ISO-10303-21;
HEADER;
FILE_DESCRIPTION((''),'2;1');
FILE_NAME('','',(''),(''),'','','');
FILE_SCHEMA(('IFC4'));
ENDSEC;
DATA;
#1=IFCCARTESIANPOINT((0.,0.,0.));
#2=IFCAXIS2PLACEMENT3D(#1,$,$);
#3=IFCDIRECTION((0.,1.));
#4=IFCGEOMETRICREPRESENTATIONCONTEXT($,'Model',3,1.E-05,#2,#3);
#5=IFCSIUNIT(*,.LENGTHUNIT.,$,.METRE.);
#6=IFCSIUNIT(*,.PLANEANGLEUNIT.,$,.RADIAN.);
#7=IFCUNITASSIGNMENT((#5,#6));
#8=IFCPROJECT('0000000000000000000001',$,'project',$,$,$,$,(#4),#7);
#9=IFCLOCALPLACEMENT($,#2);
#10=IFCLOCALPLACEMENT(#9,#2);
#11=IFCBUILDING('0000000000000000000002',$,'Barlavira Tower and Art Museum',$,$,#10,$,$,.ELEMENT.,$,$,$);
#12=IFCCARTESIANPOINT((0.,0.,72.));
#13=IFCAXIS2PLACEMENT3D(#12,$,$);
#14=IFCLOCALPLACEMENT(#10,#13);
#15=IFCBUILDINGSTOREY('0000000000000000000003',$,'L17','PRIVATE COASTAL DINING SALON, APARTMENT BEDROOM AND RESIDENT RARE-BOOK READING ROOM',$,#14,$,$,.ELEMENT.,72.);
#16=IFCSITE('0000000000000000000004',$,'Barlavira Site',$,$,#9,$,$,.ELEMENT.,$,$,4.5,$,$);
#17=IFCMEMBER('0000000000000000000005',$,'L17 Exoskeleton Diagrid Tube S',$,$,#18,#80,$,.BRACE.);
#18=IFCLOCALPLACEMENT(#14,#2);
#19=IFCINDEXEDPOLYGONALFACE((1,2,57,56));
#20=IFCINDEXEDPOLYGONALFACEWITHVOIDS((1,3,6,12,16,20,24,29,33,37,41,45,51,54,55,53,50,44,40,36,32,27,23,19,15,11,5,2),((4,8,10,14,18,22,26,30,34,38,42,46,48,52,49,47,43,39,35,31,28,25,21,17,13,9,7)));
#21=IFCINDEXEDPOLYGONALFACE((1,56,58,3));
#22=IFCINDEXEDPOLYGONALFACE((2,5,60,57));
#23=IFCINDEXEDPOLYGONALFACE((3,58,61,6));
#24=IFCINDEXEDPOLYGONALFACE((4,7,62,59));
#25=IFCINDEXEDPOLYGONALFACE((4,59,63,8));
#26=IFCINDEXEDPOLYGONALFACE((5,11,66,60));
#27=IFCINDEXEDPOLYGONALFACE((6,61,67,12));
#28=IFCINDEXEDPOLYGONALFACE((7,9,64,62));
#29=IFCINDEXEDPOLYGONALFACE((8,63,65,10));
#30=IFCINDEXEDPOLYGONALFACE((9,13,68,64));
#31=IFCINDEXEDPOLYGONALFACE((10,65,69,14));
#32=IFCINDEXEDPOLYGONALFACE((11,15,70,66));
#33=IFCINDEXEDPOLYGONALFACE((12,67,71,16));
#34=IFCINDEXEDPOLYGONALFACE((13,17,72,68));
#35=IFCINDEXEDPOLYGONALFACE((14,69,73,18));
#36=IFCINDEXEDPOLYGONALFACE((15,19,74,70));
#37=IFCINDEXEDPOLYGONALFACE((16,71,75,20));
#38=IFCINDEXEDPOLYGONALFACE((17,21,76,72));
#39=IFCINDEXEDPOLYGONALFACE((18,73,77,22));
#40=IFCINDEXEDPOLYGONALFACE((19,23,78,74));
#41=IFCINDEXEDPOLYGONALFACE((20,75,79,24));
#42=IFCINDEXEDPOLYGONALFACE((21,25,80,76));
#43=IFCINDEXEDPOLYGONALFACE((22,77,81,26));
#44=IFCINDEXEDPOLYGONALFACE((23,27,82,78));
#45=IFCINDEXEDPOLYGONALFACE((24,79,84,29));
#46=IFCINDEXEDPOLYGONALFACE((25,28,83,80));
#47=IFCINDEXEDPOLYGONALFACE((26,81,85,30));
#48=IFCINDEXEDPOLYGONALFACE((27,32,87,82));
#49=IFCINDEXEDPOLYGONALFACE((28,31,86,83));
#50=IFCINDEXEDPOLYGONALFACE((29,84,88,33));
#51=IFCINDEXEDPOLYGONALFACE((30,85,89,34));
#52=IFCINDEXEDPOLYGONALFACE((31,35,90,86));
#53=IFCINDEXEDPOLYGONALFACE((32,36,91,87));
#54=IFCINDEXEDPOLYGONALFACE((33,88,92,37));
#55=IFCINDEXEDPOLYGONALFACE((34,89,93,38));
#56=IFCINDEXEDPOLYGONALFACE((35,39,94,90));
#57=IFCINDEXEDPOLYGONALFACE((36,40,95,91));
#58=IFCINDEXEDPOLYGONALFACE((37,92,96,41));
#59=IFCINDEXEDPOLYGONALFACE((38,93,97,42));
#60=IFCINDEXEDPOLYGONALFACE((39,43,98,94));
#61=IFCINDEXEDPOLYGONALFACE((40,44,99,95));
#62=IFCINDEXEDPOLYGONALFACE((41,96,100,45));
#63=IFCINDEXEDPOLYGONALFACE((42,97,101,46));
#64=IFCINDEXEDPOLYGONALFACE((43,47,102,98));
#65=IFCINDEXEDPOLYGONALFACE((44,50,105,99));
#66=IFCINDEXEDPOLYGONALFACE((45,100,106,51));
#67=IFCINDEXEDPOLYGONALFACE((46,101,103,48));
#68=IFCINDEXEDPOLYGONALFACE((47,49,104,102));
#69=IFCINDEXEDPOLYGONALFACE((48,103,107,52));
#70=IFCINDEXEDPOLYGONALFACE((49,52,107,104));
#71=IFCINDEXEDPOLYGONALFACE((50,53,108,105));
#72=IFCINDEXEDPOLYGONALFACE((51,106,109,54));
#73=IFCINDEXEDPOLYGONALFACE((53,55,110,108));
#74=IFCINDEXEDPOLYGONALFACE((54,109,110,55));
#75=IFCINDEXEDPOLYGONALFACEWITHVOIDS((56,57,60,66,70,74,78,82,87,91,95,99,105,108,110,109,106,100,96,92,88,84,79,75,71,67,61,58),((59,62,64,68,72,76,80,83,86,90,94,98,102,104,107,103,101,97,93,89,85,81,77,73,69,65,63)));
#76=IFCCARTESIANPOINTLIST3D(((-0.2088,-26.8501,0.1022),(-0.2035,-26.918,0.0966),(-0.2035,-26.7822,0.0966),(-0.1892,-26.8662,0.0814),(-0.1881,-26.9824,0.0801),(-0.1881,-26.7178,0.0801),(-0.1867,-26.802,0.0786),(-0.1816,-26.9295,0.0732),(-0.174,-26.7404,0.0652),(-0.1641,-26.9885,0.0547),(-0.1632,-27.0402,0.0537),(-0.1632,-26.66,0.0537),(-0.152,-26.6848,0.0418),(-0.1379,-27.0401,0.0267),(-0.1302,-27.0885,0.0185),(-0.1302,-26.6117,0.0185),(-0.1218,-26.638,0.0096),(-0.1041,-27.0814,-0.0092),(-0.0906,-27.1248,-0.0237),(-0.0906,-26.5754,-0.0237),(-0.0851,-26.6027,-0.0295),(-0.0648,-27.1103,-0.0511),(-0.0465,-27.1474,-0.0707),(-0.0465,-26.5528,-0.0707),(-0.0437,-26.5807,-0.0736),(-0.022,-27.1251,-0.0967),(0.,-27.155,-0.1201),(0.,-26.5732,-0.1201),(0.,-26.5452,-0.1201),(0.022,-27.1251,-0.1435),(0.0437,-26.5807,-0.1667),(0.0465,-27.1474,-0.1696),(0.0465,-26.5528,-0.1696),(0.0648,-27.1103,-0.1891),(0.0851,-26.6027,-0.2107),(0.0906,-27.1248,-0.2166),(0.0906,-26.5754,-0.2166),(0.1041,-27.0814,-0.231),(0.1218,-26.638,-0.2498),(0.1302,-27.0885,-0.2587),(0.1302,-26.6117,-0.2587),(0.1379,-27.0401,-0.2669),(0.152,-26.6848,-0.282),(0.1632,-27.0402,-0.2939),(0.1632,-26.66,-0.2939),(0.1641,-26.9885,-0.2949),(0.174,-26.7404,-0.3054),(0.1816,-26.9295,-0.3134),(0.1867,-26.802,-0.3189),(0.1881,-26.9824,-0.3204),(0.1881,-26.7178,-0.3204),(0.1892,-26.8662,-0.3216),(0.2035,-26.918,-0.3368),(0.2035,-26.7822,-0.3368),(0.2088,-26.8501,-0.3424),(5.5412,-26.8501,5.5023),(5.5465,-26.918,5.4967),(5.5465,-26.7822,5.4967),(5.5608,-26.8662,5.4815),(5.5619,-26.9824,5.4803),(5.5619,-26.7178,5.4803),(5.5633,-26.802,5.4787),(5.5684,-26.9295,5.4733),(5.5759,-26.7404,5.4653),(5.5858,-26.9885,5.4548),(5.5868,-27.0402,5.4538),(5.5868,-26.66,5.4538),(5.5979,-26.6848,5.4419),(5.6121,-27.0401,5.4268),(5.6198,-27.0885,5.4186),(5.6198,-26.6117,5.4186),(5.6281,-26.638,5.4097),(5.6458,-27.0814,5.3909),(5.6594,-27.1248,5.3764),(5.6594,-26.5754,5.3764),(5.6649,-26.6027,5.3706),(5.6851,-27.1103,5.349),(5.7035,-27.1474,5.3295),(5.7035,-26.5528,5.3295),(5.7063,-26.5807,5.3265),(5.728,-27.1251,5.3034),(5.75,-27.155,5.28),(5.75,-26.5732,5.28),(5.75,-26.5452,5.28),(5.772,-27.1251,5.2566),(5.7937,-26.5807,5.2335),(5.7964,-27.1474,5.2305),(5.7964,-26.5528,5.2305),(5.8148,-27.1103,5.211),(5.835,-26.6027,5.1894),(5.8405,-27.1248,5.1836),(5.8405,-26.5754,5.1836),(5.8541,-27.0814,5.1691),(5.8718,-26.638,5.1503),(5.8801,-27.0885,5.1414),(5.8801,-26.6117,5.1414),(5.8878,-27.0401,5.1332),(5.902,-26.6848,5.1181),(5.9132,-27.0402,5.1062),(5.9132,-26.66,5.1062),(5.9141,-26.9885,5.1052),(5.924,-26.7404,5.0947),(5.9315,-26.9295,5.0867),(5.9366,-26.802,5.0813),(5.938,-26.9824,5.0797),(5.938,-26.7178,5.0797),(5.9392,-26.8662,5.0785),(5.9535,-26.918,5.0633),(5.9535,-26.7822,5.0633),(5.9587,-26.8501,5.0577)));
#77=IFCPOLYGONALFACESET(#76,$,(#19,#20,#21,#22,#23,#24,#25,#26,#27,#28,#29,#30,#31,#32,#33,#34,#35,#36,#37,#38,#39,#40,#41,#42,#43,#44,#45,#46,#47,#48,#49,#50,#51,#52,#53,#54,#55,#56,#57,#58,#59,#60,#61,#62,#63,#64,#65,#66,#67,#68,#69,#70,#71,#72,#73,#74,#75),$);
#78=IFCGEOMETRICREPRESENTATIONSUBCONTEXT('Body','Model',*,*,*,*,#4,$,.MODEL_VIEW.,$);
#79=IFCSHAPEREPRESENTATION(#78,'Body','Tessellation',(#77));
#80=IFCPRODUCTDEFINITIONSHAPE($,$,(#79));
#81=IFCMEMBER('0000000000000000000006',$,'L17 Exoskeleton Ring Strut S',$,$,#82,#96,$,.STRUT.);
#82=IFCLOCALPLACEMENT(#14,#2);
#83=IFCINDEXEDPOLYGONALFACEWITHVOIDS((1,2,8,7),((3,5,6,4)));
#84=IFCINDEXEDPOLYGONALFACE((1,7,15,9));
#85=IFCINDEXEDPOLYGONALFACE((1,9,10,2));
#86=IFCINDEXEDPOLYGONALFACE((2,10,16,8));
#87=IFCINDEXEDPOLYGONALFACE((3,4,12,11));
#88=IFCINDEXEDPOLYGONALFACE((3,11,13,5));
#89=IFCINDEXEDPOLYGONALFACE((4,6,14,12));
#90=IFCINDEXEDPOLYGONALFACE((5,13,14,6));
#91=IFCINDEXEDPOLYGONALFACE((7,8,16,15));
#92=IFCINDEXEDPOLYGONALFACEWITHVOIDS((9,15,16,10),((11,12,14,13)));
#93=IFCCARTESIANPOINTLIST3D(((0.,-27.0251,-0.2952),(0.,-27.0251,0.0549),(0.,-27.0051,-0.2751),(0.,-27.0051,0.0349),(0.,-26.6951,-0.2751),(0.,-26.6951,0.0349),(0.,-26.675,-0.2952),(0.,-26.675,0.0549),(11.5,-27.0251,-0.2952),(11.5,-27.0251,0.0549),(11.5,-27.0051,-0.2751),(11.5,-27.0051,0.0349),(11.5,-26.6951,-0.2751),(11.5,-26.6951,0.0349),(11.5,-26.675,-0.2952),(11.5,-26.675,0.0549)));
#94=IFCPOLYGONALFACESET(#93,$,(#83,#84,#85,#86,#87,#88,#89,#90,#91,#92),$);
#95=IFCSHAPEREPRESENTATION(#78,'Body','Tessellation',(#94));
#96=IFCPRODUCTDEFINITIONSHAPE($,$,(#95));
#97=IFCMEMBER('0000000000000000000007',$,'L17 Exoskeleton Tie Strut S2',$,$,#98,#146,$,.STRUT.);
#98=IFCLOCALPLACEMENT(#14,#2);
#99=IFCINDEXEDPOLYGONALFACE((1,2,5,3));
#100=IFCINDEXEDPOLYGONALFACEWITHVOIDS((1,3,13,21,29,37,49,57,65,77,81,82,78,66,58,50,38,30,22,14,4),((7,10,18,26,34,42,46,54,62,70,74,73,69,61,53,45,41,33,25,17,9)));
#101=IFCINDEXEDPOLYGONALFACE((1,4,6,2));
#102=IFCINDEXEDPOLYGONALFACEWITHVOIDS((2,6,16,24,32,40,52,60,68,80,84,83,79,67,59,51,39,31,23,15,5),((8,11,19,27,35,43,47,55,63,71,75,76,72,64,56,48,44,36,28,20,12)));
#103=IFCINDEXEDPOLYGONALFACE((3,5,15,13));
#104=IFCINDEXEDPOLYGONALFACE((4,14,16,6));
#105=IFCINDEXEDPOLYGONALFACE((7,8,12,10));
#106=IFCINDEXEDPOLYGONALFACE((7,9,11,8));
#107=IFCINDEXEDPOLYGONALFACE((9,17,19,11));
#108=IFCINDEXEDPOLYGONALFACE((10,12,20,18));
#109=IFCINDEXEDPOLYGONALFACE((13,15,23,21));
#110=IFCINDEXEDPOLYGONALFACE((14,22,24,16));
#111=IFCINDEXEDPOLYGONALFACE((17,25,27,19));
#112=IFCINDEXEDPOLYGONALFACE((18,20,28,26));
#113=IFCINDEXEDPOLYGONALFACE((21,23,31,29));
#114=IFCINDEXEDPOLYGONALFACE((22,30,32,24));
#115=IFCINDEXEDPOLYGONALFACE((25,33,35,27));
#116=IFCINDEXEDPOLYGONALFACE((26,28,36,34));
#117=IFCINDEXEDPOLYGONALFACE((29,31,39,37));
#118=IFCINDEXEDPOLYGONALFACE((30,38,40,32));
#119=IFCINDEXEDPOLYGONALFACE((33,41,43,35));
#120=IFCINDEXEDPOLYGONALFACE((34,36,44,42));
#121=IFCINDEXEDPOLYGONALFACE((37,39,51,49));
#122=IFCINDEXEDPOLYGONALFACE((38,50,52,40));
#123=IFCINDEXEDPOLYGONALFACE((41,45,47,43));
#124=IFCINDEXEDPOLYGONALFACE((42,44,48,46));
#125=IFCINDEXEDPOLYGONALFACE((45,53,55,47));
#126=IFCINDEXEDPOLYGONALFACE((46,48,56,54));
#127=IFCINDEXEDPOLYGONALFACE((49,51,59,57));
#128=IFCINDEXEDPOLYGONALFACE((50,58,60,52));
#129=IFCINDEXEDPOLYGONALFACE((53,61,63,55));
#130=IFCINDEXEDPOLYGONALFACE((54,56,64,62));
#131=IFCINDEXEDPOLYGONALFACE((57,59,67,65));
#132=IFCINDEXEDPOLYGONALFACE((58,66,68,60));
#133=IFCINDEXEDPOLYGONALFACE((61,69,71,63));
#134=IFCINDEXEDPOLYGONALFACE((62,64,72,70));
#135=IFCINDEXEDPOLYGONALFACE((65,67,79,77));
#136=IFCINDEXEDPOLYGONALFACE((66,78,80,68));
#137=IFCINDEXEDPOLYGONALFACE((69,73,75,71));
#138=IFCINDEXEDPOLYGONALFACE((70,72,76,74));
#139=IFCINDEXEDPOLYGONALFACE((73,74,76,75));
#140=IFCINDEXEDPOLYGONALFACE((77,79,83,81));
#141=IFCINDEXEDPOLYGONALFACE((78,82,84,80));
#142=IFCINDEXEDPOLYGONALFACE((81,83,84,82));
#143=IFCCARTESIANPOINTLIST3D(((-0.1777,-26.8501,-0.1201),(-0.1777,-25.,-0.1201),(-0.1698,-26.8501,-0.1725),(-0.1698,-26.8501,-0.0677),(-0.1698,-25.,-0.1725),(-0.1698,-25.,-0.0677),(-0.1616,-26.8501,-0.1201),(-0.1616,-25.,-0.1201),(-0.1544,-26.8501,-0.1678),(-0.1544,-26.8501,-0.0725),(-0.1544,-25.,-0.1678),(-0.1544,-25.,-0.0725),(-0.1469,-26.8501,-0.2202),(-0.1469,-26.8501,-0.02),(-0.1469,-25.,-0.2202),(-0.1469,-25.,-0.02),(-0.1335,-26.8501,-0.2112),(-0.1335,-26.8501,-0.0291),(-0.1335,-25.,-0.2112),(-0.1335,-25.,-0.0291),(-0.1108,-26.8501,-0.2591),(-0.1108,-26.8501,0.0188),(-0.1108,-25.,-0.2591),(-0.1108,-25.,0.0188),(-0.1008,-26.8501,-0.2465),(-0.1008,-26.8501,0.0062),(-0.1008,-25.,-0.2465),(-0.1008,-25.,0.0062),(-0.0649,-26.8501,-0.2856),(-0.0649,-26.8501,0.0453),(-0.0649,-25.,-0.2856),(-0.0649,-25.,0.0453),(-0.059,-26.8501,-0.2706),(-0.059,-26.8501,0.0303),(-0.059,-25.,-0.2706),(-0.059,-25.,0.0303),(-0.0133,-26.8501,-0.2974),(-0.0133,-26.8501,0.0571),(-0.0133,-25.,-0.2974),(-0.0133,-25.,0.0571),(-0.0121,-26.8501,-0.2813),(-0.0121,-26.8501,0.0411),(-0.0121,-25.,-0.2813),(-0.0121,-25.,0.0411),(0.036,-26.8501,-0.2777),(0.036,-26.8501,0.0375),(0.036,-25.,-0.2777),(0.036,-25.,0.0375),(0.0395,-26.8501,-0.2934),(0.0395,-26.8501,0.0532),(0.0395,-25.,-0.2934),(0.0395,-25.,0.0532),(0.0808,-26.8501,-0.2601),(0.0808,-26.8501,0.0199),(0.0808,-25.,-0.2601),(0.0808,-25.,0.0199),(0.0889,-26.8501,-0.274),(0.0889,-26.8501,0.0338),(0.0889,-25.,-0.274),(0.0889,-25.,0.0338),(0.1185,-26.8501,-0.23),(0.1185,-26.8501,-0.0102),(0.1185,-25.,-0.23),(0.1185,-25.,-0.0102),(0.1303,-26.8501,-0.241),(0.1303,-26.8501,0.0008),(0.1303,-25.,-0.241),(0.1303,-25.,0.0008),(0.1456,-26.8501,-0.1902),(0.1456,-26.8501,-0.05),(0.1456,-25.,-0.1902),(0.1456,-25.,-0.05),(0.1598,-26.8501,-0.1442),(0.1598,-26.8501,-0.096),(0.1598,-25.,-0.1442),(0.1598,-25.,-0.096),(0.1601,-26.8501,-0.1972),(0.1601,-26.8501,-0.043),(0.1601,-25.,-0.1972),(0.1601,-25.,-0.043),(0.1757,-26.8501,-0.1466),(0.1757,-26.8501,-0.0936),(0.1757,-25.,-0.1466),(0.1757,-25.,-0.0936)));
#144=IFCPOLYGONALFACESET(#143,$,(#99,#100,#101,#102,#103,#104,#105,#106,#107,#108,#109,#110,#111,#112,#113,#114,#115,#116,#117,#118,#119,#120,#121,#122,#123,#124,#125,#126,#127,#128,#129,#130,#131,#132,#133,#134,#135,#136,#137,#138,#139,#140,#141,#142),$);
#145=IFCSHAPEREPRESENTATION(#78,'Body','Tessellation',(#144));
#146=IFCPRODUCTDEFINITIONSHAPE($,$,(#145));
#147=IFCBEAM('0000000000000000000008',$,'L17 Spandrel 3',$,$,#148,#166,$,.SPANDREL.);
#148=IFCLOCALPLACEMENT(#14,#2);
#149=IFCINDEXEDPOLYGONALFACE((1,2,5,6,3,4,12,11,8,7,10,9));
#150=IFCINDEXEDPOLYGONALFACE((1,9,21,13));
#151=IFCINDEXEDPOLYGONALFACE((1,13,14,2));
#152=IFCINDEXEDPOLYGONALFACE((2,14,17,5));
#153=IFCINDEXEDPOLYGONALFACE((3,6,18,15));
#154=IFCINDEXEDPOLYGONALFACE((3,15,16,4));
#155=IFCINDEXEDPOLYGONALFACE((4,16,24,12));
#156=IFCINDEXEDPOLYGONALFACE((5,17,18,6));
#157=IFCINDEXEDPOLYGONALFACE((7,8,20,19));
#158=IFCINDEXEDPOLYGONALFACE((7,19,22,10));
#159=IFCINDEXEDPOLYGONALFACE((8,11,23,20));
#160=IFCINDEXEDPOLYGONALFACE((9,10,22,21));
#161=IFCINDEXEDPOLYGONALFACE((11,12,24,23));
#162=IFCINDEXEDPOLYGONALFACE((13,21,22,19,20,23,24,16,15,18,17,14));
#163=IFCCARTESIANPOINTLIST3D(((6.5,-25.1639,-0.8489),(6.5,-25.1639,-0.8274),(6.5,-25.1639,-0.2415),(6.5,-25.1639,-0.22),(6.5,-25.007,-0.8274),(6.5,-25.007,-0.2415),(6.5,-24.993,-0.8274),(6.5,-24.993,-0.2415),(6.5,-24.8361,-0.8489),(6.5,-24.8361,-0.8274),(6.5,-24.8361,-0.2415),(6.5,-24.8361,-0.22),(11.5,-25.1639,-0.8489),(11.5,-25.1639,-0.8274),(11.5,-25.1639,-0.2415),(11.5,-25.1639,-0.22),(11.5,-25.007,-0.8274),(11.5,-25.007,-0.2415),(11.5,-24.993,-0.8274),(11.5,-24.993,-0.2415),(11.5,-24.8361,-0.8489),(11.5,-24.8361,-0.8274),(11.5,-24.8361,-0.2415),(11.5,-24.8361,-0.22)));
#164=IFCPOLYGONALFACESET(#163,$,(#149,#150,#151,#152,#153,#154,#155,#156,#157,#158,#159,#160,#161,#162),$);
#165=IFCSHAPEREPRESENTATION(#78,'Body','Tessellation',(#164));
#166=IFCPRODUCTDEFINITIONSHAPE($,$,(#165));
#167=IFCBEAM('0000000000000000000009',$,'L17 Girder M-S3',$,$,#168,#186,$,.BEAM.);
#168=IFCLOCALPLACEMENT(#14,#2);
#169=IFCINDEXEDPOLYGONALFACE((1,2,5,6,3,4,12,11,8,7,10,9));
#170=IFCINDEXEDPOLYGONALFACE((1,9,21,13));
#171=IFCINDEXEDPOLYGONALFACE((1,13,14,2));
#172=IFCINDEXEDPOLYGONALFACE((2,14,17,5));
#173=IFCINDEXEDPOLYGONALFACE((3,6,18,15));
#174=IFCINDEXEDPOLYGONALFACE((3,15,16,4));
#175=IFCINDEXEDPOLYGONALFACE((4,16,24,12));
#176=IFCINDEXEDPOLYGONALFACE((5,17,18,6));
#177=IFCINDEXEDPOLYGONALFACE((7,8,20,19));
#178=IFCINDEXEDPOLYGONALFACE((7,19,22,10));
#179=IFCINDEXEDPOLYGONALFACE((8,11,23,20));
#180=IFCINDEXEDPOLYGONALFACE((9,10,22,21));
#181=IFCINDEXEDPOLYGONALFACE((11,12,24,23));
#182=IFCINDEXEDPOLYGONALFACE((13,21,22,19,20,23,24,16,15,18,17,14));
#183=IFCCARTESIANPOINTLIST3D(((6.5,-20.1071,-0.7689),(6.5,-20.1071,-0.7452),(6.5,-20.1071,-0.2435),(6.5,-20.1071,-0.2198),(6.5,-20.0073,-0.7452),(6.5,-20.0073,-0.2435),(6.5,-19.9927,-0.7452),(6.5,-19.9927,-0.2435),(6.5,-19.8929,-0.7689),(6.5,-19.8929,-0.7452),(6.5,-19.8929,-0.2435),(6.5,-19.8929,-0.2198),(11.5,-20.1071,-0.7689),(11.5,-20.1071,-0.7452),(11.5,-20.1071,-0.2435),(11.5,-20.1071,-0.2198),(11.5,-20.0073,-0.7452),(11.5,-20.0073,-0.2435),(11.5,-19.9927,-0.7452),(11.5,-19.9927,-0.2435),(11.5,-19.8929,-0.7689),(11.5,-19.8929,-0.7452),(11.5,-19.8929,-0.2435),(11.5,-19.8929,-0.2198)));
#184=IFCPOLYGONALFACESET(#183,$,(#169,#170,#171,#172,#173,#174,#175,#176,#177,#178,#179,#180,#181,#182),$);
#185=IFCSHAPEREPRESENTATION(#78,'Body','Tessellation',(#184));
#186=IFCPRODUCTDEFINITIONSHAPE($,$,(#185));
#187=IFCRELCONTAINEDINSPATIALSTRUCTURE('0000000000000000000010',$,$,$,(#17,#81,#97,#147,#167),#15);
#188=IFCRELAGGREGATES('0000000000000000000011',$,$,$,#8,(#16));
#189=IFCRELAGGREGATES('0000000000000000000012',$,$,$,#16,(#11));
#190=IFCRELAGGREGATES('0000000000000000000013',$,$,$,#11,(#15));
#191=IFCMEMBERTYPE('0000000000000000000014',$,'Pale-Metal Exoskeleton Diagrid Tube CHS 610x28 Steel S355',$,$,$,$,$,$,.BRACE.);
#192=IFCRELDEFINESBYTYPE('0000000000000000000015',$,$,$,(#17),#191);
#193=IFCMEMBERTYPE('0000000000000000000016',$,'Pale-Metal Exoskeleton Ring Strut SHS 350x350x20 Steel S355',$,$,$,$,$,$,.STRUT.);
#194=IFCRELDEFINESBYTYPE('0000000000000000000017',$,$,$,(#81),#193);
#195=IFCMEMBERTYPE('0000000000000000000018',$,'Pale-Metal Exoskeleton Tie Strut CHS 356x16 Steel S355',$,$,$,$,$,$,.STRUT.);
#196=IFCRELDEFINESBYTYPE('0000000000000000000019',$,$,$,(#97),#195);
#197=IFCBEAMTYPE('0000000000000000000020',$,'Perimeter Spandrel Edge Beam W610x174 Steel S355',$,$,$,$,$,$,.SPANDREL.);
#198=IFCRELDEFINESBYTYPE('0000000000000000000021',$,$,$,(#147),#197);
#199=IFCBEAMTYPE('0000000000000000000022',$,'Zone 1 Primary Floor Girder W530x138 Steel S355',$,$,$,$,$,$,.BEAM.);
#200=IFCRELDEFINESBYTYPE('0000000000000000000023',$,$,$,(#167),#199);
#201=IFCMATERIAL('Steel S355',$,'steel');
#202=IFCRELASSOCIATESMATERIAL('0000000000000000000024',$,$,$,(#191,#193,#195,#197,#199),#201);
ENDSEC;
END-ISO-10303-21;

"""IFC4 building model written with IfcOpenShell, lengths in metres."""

from ifc_helpers import new_model, si_unit, direction, frame, origin, origin_2d, place, context, subcontext, project, spatial, hollow_rectangle, hollow_circle, i_section, extrude, material, material_profile, profile_set, type_object, element, save


model = new_model("IFC4")

# Units and contexts
model_context = context("Model", 3, precision=1e-05, world=origin(), true_north=direction((0.0, 1.0)))
body_context = subcontext(model_context, "Body", "Model", "MODEL_VIEW")
ifc_project = project(units=[si_unit("LENGTHUNIT", "METRE"), si_unit("PLANEANGLEUNIT", "RADIAN")], contexts=[model_context])

# Site, building, storey
site_placement = place(None, origin())
site = spatial("IfcSite", under=ifc_project, at=site_placement, Name="Barlavira Site", CompositionType="ELEMENT", RefElevation=4.5)
building_placement = place(site_placement, origin())
building = spatial("IfcBuilding", under=site, at=building_placement, Name="Barlavira Tower and Art Museum", CompositionType="ELEMENT")
storey_placement = place(building_placement, frame((0.0, 0.0, 72.0)))
storey = spatial("IfcBuildingStorey", under=building, at=storey_placement, Name="L17", Description="PRIVATE COASTAL DINING SALON, APARTMENT BEDROOM AND RESIDENT RARE-BOOK READING ROOM", CompositionType="ELEMENT", Elevation=72.0)

# Members
ifc_material_1 = material(Name="Steel S355", Category="steel")
ifc_material_profile_1 = material_profile(ifc_material_1, hollow_circle(Radius=0.3049, WallThickness=0.0281, at=origin_2d()), Name="CHS 610.0x28.0")
ifc_profile_set_1 = profile_set([ifc_material_profile_1], Name="Steel S355")
member_type_1 = type_object("IfcMemberType", Name="Pale-Metal Exoskeleton Diagrid Tube CHS 610x28 Steel S355", PredefinedType="BRACE", material=ifc_profile_set_1)
for number, where, z_axis, x_axis, name in (
    (1, (0.0, -26.8501, -0.1201), (0.728935, 0.0, 0.684583), (0.0, 1.0, 0.0), "L17 Exoskeleton Diagrid Tube S"),
):
    element("IfcMember", number, at=place(storey_placement, frame(where, z_axis=z_axis, x_axis=x_axis)), inside=storey, type_object=member_type_1, Name=name, PredefinedType="BRACE", context=body_context, shape_type="SweptSolid", body=[
        extrude(hollow_circle(Radius=0.3049, WallThickness=0.0281, at=origin_2d()), origin(), (0.0, 0.0, 1.0), 7.8882),
    ])
ifc_material_profile_2 = material_profile(ifc_material_1, hollow_rectangle(XDim=0.3501, YDim=0.3501, WallThickness=0.02, at=origin_2d()), Name="SHS 350x350x20.0")
ifc_profile_set_2 = profile_set([ifc_material_profile_2], Name="Steel S355")
member_type_2 = type_object("IfcMemberType", Name="Pale-Metal Exoskeleton Ring Strut SHS 350x350x20 Steel S355", PredefinedType="STRUT", material=ifc_profile_set_2)
member_1_placement = place(storey_placement, frame((0.0, -26.8501, -0.1201), z_axis=(1.0, 0.0, 0.0), x_axis=(0.0, 1.0, 0.0)))
element("IfcMember", 2, at=member_1_placement, inside=storey, type_object=member_type_2, Name="L17 Exoskeleton Ring Strut S", PredefinedType="STRUT", context=body_context, shape_type="SweptSolid", body=[
    extrude(hollow_rectangle(XDim=0.3501, YDim=0.3501, WallThickness=0.02, at=origin_2d()), origin(), (0.0, 0.0, 1.0), 11.5),
])
ifc_material_profile_3 = material_profile(ifc_material_1, hollow_circle(Radius=0.1777, WallThickness=0.0161, at=origin_2d()), Name="CHS 355.6x16.0")
ifc_profile_set_3 = profile_set([ifc_material_profile_3], Name="Steel S355")
member_type_3 = type_object("IfcMemberType", Name="Pale-Metal Exoskeleton Tie Strut CHS 356x16 Steel S355", PredefinedType="STRUT", material=ifc_profile_set_3)
member_2_placement = place(storey_placement, frame((0.0, -26.8501, -0.1201), z_axis=(0.0, 1.0, 0.0), x_axis=(-1.0, 0.0, 0.0)))
element("IfcMember", 3, at=member_2_placement, inside=storey, type_object=member_type_3, Name="L17 Exoskeleton Tie Strut S2", PredefinedType="STRUT", context=body_context, shape_type="SweptSolid", body=[
    extrude(hollow_circle(Radius=0.1777, WallThickness=0.0161, at=origin_2d()), origin(), (0.0, 0.0, 1.0), 1.8501),
])

# Beams
ifc_material_profile_4 = material_profile(ifc_material_1, i_section(OverallWidth=0.3279, OverallDepth=0.6289, WebThickness=0.0139, FlangeThickness=0.0215, at=origin_2d()), Name="W610x174.0")
ifc_profile_set_4 = profile_set([ifc_material_profile_4], Name="Steel S355")
beam_type_1 = type_object("IfcBeamType", Name="Perimeter Spandrel Edge Beam W610x174 Steel S355", PredefinedType="SPANDREL", material=ifc_profile_set_4)
beam_1_placement = place(storey_placement, frame((6.5, -25.0, -0.5344), z_axis=(1.0, 0.0, 0.0), x_axis=(0.0, 1.0, 0.0)))
element("IfcBeam", 4, at=beam_1_placement, inside=storey, type_object=beam_type_1, Name="L17 Spandrel 3", PredefinedType="SPANDREL", context=body_context, shape_type="SweptSolid", body=[
    extrude(i_section(OverallWidth=0.3279, OverallDepth=0.6289, WebThickness=0.0139, FlangeThickness=0.0215, at=origin_2d()), origin(), (0.0, 0.0, 1.0), 5.0),
])
ifc_material_profile_5 = material_profile(ifc_material_1, i_section(OverallWidth=0.2141, OverallDepth=0.5491, WebThickness=0.0146, FlangeThickness=0.0237, at=origin_2d()), Name="W530x138.0")
ifc_profile_set_5 = profile_set([ifc_material_profile_5], Name="Steel S355")
beam_type_2 = type_object("IfcBeamType", Name="Zone 1 Primary Floor Girder W530x138 Steel S355", PredefinedType="BEAM", material=ifc_profile_set_5)
beam_2_placement = place(storey_placement, frame((6.5, -20.0, -0.4944), z_axis=(1.0, 0.0, 0.0), x_axis=(0.0, 1.0, 0.0)))
element("IfcBeam", 5, at=beam_2_placement, inside=storey, type_object=beam_type_2, Name="L17 Girder M-S3", PredefinedType="BEAM", context=body_context, shape_type="SweptSolid", body=[
    extrude(i_section(OverallWidth=0.2141, OverallDepth=0.5491, WebThickness=0.0146, FlangeThickness=0.0237, at=origin_2d()), origin(), (0.0, 0.0, 1.0), 5.0),
])

save(model, "model.ifc")
